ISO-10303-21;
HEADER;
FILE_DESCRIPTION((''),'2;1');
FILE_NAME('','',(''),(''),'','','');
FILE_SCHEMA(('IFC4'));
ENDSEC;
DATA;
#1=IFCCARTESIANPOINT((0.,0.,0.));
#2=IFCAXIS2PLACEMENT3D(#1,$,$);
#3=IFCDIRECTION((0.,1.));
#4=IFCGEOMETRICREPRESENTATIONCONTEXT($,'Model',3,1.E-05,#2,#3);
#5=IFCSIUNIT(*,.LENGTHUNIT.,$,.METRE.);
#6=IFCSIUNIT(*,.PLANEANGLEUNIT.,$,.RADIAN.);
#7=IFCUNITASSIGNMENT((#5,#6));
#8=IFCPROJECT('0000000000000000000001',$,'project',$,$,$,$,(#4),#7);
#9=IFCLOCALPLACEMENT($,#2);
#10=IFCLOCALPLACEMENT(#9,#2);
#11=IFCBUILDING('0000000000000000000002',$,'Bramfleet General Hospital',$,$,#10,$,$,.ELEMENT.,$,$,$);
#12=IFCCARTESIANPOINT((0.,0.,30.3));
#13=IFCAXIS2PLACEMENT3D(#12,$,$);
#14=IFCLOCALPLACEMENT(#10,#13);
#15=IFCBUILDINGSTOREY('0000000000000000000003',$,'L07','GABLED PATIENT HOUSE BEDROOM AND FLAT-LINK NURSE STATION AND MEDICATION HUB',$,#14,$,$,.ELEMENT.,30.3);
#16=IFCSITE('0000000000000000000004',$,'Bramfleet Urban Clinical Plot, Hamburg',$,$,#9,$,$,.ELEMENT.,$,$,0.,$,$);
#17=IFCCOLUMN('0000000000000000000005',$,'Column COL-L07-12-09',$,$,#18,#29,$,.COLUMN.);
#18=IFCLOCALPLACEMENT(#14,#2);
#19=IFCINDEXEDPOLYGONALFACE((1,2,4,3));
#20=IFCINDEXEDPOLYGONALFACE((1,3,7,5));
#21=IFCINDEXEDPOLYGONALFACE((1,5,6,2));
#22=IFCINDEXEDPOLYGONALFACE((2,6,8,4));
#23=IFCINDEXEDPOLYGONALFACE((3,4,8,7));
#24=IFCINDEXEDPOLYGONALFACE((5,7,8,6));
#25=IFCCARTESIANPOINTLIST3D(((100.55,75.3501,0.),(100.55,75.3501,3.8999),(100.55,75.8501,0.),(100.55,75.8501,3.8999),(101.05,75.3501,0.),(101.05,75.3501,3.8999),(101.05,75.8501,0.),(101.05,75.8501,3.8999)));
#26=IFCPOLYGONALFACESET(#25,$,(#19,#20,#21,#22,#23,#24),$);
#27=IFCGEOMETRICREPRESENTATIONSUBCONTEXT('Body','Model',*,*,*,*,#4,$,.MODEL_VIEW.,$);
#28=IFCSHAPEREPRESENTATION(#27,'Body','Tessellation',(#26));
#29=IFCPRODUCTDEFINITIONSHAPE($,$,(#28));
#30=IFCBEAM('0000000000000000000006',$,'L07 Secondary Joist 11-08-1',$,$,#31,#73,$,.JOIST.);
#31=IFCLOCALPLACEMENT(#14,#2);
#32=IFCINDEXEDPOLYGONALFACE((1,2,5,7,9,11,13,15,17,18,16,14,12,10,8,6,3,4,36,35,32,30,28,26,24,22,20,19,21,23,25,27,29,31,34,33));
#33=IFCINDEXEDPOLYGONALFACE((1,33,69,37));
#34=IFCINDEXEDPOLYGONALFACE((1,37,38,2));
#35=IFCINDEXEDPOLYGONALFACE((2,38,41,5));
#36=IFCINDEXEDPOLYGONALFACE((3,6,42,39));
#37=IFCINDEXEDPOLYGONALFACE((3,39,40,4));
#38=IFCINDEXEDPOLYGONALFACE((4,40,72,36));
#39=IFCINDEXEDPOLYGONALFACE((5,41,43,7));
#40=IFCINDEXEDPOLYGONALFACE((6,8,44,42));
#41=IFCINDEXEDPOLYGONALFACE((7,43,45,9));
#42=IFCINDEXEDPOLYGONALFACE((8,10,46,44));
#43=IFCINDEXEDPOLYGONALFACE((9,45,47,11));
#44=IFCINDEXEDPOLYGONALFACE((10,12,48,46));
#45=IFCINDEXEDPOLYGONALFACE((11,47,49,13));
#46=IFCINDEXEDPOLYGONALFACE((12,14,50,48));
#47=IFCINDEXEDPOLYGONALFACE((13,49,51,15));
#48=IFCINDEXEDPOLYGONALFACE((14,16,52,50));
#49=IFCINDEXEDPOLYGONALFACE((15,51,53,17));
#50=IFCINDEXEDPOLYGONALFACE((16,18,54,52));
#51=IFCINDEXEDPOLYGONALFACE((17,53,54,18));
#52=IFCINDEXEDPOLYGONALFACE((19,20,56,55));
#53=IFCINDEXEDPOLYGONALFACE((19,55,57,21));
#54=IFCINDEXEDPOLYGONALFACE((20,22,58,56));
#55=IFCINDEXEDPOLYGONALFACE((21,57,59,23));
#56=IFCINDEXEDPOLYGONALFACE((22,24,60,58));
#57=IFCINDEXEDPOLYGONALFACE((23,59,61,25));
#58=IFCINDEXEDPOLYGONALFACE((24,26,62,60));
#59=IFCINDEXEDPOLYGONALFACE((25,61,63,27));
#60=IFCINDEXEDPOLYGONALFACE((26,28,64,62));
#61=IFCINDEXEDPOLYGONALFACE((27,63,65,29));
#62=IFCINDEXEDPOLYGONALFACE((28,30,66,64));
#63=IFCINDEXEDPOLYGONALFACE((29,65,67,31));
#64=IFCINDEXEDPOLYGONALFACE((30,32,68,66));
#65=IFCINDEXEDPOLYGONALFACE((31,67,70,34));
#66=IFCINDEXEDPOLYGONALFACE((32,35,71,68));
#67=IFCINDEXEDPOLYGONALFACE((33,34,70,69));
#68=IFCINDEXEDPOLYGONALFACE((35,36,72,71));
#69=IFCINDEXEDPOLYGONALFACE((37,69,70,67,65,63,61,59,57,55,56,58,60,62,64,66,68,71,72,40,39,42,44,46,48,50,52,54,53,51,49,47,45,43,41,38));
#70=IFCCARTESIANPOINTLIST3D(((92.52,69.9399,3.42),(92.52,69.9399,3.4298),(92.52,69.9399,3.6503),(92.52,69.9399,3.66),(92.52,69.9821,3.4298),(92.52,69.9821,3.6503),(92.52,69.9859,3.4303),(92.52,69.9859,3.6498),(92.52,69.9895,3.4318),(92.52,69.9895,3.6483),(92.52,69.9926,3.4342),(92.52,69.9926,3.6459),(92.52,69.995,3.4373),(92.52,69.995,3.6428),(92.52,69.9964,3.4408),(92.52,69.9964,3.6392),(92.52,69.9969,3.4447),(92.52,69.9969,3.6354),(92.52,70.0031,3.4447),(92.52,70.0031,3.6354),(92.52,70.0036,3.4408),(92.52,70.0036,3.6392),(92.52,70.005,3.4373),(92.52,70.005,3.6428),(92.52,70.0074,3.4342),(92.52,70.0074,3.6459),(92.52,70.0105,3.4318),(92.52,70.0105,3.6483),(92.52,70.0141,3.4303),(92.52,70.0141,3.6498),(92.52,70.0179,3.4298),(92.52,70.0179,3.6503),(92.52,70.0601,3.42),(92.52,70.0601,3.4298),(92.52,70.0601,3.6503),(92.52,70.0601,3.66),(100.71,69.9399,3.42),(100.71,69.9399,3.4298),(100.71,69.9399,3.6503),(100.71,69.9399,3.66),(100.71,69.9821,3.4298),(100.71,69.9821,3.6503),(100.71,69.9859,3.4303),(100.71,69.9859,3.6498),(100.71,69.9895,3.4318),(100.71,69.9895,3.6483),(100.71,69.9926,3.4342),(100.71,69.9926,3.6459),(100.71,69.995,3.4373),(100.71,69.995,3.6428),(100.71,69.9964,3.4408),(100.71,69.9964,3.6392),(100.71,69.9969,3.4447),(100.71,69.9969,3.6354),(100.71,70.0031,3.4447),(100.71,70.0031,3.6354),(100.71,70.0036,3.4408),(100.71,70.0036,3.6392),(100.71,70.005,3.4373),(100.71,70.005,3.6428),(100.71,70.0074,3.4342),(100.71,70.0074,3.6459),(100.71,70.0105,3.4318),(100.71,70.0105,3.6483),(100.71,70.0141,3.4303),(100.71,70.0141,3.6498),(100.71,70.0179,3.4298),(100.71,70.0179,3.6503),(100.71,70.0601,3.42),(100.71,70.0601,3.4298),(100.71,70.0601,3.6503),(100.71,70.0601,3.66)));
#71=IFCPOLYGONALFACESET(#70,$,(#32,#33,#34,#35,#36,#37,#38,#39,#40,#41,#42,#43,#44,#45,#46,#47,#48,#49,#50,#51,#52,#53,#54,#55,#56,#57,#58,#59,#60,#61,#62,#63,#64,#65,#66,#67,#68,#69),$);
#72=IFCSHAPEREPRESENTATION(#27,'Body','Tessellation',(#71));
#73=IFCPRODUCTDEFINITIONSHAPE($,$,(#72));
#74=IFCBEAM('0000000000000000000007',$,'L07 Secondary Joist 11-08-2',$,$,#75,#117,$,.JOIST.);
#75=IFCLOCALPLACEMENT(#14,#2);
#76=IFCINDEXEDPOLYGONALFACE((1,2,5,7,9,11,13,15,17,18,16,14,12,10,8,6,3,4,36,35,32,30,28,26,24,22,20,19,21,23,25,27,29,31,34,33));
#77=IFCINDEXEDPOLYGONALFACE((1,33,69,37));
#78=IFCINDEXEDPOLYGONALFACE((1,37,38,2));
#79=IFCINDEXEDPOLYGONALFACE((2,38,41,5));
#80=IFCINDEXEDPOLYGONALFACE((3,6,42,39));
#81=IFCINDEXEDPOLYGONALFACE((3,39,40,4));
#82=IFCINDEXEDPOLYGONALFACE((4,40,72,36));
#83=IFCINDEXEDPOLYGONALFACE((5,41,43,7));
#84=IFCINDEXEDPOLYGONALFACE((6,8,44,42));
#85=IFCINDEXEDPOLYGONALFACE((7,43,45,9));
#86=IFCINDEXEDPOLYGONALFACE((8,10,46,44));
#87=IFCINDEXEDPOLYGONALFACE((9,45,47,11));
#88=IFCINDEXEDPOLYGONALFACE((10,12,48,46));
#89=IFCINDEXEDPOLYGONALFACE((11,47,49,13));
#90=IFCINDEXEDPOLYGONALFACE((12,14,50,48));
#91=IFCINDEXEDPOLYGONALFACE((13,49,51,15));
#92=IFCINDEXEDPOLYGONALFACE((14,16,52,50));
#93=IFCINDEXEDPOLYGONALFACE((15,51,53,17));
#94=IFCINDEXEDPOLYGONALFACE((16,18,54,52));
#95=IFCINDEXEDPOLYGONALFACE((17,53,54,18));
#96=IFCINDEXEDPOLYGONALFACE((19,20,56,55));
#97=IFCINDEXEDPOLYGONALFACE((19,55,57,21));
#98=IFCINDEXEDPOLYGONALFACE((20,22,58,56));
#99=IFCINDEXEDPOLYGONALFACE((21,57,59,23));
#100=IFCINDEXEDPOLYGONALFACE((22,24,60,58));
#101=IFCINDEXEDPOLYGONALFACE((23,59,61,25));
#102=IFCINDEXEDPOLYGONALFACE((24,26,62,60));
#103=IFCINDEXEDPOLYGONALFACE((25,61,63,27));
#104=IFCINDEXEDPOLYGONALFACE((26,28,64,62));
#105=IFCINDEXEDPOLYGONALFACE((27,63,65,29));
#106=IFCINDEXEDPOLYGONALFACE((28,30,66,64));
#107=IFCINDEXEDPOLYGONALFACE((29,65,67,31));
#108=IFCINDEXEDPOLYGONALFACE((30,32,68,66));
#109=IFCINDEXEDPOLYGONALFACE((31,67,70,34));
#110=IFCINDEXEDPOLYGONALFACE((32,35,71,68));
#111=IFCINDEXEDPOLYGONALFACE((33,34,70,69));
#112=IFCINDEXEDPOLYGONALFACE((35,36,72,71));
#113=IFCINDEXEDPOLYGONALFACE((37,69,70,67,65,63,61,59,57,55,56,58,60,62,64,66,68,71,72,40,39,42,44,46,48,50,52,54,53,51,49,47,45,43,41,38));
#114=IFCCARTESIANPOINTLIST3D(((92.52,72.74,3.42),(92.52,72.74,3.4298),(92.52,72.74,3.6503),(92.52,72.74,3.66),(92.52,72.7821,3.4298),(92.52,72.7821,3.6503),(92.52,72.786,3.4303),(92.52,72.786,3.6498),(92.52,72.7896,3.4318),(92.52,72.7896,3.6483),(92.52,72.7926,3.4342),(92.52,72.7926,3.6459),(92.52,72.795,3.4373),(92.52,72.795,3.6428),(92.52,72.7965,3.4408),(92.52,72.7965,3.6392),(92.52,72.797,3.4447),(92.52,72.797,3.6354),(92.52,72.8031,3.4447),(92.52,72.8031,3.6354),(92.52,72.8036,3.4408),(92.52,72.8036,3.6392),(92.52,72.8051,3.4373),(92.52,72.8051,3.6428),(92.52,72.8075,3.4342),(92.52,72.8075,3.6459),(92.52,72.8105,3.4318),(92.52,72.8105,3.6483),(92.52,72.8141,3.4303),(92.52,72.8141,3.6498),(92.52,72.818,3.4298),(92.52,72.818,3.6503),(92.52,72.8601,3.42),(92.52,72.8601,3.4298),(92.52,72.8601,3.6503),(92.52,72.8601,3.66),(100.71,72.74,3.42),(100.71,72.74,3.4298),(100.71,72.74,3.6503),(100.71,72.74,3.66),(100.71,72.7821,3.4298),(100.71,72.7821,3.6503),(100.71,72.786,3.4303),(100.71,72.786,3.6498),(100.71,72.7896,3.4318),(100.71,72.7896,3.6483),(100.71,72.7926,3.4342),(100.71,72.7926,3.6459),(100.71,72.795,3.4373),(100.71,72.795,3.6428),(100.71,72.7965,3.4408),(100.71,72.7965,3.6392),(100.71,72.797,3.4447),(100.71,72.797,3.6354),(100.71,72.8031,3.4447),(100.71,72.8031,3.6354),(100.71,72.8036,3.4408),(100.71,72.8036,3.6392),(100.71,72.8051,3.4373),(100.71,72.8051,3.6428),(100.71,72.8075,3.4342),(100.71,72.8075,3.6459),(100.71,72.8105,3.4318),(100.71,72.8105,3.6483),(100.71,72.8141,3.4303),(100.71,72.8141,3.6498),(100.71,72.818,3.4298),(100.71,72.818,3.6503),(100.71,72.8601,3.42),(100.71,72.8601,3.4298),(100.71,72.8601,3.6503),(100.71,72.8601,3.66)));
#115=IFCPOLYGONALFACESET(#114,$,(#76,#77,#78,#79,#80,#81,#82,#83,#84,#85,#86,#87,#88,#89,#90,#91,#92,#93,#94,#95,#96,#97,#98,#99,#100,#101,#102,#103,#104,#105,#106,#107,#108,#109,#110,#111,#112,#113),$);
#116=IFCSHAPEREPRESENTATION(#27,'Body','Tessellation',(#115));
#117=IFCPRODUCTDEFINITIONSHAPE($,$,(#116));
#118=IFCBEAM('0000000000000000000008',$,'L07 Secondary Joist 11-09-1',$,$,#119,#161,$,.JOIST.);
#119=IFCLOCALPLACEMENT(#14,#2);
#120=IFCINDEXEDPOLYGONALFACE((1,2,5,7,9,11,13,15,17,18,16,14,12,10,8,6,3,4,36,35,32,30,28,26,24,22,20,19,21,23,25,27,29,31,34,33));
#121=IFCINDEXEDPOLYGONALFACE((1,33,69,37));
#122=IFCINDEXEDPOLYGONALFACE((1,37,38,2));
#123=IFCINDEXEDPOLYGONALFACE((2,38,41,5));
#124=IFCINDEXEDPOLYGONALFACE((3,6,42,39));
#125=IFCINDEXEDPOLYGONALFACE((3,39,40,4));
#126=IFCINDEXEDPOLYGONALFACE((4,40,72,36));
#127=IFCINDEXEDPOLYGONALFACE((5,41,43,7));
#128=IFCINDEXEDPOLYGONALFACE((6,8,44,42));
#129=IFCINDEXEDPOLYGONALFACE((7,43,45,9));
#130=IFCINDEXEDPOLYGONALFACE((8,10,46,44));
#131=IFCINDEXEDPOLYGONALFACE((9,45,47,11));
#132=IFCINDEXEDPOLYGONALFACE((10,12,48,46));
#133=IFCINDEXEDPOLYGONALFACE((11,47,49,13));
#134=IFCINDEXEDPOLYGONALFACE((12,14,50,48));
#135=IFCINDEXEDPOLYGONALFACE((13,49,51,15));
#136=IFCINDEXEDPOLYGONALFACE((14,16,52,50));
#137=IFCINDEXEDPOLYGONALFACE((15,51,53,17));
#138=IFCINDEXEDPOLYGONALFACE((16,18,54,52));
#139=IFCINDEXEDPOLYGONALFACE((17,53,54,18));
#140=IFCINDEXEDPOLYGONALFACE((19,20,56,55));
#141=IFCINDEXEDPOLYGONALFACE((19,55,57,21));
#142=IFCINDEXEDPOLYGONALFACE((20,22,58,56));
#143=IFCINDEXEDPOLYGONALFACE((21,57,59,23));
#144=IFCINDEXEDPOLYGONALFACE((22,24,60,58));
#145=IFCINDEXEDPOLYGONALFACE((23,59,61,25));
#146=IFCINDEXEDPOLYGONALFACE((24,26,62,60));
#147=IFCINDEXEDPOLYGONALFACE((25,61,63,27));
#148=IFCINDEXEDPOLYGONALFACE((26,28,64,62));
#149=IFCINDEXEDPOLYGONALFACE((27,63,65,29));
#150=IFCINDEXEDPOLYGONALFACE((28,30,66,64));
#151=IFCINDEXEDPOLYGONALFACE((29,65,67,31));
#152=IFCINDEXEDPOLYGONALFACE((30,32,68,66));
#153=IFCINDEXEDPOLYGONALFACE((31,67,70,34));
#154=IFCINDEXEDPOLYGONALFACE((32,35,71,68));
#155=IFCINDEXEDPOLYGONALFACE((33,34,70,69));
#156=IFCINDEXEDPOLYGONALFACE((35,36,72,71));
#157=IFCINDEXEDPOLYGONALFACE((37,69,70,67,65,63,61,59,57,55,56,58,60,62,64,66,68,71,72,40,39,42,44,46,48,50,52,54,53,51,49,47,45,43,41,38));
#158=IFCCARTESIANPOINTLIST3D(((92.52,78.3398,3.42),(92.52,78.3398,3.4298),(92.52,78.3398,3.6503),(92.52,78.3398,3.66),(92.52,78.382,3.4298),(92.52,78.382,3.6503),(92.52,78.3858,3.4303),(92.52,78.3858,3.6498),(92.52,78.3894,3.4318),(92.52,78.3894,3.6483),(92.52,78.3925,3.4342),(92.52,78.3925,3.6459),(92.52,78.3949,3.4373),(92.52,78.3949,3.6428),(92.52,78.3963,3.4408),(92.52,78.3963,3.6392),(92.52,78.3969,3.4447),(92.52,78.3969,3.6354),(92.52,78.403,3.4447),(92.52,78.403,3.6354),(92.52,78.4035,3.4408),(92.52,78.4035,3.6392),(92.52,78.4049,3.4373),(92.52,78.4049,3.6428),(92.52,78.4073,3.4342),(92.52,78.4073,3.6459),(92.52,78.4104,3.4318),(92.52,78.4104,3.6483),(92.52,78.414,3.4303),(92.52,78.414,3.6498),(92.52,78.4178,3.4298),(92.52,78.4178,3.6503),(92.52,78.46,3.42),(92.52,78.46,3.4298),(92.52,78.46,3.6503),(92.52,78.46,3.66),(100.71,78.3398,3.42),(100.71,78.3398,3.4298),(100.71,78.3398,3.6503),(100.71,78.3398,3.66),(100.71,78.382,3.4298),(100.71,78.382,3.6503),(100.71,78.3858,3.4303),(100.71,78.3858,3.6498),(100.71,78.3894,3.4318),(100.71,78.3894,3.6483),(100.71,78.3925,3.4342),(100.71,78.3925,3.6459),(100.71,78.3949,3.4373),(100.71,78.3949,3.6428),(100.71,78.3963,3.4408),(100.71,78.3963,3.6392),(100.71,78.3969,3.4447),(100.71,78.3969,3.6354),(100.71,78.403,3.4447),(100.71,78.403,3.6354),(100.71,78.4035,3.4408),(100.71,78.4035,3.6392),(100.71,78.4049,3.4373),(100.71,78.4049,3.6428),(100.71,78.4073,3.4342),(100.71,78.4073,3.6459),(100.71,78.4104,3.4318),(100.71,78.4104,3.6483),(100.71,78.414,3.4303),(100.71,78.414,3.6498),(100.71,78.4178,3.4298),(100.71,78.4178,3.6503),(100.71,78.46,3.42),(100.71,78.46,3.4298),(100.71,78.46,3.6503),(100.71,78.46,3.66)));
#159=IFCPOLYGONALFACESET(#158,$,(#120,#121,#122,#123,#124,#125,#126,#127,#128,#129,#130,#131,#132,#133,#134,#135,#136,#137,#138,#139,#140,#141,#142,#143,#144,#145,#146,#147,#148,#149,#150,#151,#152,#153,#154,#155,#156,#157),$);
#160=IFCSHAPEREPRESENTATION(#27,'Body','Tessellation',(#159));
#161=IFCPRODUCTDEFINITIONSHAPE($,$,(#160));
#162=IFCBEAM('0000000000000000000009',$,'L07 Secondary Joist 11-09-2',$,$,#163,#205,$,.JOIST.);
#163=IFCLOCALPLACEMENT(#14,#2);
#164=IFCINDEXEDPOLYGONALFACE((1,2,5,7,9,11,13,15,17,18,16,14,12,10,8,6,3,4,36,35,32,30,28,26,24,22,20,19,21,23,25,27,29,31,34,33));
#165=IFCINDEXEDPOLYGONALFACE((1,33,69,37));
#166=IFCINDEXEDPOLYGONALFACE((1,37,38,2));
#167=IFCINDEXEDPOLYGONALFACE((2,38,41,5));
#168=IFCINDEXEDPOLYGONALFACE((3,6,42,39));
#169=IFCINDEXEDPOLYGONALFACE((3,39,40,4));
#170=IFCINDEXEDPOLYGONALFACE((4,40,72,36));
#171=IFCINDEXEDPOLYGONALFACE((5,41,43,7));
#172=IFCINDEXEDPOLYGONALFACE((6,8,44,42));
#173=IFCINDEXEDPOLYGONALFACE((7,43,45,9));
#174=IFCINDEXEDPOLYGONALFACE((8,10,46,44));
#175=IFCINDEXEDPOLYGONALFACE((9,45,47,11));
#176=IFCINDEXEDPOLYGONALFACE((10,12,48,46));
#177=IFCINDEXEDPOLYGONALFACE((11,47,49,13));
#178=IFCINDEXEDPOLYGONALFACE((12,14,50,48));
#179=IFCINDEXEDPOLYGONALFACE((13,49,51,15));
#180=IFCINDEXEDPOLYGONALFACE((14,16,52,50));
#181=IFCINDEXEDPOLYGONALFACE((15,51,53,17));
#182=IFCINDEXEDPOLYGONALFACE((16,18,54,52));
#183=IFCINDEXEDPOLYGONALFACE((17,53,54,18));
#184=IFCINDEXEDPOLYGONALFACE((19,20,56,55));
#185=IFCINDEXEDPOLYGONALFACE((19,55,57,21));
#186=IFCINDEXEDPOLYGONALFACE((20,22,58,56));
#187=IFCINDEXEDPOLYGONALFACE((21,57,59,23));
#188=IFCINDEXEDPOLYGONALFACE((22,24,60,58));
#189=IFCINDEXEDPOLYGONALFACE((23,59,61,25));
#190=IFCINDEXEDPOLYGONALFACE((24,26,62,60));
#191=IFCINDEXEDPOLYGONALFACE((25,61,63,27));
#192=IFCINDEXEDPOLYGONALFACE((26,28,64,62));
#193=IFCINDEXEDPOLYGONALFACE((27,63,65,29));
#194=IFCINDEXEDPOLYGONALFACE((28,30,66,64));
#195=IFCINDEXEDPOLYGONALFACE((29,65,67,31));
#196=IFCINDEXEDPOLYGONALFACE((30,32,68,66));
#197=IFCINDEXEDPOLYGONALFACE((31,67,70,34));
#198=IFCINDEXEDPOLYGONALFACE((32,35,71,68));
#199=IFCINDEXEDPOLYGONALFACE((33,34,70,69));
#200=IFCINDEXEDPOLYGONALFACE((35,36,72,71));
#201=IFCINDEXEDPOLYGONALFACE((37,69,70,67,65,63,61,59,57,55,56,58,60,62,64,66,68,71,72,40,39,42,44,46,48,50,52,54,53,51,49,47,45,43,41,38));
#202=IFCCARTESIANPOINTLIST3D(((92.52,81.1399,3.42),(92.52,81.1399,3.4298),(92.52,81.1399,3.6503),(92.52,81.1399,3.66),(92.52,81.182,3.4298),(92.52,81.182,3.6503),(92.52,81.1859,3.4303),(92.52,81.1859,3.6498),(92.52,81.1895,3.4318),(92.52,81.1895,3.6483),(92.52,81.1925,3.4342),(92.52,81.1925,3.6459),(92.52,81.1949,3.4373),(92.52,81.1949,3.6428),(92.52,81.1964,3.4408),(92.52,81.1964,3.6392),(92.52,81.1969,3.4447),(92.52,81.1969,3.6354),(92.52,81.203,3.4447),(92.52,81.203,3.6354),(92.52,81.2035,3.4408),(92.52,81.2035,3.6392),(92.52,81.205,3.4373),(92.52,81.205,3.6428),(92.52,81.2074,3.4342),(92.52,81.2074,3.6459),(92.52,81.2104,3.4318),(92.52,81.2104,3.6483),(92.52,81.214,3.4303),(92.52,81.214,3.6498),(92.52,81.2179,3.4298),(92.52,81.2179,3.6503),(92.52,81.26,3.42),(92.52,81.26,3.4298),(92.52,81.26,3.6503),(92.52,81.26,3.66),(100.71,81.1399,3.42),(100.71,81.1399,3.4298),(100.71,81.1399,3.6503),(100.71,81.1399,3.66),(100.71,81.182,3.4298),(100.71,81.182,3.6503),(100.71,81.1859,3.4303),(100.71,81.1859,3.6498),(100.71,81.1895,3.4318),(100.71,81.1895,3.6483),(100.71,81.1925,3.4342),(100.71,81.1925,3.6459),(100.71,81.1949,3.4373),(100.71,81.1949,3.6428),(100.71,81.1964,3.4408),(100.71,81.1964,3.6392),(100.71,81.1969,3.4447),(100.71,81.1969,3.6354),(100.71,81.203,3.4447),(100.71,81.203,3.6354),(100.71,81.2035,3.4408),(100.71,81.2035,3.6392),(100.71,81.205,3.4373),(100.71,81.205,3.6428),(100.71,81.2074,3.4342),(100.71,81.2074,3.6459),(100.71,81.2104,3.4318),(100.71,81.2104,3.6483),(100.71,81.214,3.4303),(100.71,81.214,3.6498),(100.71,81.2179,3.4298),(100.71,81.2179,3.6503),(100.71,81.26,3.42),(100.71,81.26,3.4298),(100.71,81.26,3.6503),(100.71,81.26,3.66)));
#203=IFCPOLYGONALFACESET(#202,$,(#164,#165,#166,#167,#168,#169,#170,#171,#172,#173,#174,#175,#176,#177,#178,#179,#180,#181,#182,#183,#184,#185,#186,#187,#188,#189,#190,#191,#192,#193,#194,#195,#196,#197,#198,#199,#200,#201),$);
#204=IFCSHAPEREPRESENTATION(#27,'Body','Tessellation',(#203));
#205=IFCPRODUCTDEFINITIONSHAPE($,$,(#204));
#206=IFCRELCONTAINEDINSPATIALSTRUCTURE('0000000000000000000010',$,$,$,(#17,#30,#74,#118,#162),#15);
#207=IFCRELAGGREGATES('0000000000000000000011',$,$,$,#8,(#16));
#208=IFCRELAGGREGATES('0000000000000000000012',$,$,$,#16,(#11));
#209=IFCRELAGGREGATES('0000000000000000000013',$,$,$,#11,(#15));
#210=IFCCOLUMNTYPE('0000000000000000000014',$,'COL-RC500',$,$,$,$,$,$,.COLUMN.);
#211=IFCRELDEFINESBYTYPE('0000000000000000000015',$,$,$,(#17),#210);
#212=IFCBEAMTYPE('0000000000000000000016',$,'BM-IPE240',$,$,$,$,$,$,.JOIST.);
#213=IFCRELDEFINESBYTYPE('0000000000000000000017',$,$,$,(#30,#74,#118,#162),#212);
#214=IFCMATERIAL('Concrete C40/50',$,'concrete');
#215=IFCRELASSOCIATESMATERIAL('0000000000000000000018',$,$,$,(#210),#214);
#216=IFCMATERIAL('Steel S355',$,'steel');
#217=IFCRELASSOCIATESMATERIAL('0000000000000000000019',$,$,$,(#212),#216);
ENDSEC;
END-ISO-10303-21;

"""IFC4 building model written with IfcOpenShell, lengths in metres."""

from ifc_helpers import new_model, si_unit, direction, frame, origin, origin_2d, place, context, subcontext, project, spatial, rectangle, i_section, extrude, material, material_profile, profile_set, type_object, element, save


model = new_model("IFC4")

# Units and contexts
model_context = context("Model", 3, precision=1e-05, world=origin(), true_north=direction((0.0, 1.0)))
body_context = subcontext(model_context, "Body", "Model", "MODEL_VIEW")
ifc_project = project(units=[si_unit("LENGTHUNIT", "METRE"), si_unit("PLANEANGLEUNIT", "RADIAN")], contexts=[model_context])

# Site, building, storey
site_placement = place(None, origin())
site = spatial("IfcSite", under=ifc_project, at=site_placement, Name="Bramfleet Urban Clinical Plot, Hamburg", CompositionType="ELEMENT", RefElevation=0.0)
building_placement = place(site_placement, origin())
building = spatial("IfcBuilding", under=site, at=building_placement, Name="Bramfleet General Hospital", CompositionType="ELEMENT")
storey_placement = place(building_placement, frame((0.0, 0.0, 30.3)))
storey = spatial("IfcBuildingStorey", under=building, at=storey_placement, Name="L07", Description="GABLED PATIENT HOUSE BEDROOM AND FLAT-LINK NURSE STATION AND MEDICATION HUB", CompositionType="ELEMENT", Elevation=30.3)

# Column
ifc_material_1 = material(Name="Concrete C40/50", Category="concrete")
ifc_material_profile_1 = material_profile(ifc_material_1, rectangle(XDim=0.5, YDim=0.5, at=origin_2d()), Name="RC COL 500x500")
ifc_profile_set_1 = profile_set([ifc_material_profile_1], Name="Concrete C40/50")
column_type = type_object("IfcColumnType", Name="COL-RC500", PredefinedType="COLUMN", material=ifc_profile_set_1)
column_placement = place(storey_placement, frame((100.8, 75.6001, 0.0), z_axis=(0.0, 0.0, 1.0), x_axis=(1.0, 0.0, 0.0)))
element("IfcColumn", 1, at=column_placement, inside=storey, type_object=column_type, Name="Column COL-L07-12-09", PredefinedType="COLUMN", context=body_context, shape_type="SweptSolid", body=[
    extrude(rectangle(XDim=0.5, YDim=0.5, at=origin_2d()), origin(), (0.0, 0.0, 1.0), 3.8999),
])

# Beams
ifc_material_2 = material(Name="Steel S355", Category="steel")
ifc_material_profile_2 = material_profile(ifc_material_2, i_section(OverallWidth=0.1201, OverallDepth=0.24, WebThickness=0.0061, FlangeThickness=0.0098, FilletRadius=0.0149, at=origin_2d()), Name="IPE 240")
ifc_profile_set_2 = profile_set([ifc_material_profile_2], Name="Steel S355")
beam_type_1 = type_object("IfcBeamType", Name="BM-IPE240", PredefinedType="JOIST", material=ifc_profile_set_2)
for number, where, z_axis, x_axis, name in (
    (2, (92.52, 70.0, 3.54), (1.0, 0.0, 0.0), (0.0, 1.0, 0.0), "L07 Secondary Joist 11-08-1"),
    (3, (92.52, 72.8, 3.54), (1.0, 0.0, 0.0), (0.0, 1.0, 0.0), "L07 Secondary Joist 11-08-2"),
    (4, (92.52, 78.3999, 3.54), (1.0, 0.0, 0.0), (0.0, 1.0, 0.0), "L07 Secondary Joist 11-09-1"),
    (5, (92.52, 81.2, 3.54), (1.0, 0.0, 0.0), (0.0, 1.0, 0.0), "L07 Secondary Joist 11-09-2"),
):
    element("IfcBeam", number, at=place(storey_placement, frame(where, z_axis=z_axis, x_axis=x_axis)), inside=storey, type_object=beam_type_1, Name=name, PredefinedType="JOIST", context=body_context, shape_type="SweptSolid", body=[
        extrude(i_section(OverallWidth=0.1201, OverallDepth=0.24, WebThickness=0.0061, FlangeThickness=0.0098, FilletRadius=0.0149, at=origin_2d()), origin(), (0.0, 0.0, 1.0), 8.1899),
    ])

save(model, "model.ifc")
